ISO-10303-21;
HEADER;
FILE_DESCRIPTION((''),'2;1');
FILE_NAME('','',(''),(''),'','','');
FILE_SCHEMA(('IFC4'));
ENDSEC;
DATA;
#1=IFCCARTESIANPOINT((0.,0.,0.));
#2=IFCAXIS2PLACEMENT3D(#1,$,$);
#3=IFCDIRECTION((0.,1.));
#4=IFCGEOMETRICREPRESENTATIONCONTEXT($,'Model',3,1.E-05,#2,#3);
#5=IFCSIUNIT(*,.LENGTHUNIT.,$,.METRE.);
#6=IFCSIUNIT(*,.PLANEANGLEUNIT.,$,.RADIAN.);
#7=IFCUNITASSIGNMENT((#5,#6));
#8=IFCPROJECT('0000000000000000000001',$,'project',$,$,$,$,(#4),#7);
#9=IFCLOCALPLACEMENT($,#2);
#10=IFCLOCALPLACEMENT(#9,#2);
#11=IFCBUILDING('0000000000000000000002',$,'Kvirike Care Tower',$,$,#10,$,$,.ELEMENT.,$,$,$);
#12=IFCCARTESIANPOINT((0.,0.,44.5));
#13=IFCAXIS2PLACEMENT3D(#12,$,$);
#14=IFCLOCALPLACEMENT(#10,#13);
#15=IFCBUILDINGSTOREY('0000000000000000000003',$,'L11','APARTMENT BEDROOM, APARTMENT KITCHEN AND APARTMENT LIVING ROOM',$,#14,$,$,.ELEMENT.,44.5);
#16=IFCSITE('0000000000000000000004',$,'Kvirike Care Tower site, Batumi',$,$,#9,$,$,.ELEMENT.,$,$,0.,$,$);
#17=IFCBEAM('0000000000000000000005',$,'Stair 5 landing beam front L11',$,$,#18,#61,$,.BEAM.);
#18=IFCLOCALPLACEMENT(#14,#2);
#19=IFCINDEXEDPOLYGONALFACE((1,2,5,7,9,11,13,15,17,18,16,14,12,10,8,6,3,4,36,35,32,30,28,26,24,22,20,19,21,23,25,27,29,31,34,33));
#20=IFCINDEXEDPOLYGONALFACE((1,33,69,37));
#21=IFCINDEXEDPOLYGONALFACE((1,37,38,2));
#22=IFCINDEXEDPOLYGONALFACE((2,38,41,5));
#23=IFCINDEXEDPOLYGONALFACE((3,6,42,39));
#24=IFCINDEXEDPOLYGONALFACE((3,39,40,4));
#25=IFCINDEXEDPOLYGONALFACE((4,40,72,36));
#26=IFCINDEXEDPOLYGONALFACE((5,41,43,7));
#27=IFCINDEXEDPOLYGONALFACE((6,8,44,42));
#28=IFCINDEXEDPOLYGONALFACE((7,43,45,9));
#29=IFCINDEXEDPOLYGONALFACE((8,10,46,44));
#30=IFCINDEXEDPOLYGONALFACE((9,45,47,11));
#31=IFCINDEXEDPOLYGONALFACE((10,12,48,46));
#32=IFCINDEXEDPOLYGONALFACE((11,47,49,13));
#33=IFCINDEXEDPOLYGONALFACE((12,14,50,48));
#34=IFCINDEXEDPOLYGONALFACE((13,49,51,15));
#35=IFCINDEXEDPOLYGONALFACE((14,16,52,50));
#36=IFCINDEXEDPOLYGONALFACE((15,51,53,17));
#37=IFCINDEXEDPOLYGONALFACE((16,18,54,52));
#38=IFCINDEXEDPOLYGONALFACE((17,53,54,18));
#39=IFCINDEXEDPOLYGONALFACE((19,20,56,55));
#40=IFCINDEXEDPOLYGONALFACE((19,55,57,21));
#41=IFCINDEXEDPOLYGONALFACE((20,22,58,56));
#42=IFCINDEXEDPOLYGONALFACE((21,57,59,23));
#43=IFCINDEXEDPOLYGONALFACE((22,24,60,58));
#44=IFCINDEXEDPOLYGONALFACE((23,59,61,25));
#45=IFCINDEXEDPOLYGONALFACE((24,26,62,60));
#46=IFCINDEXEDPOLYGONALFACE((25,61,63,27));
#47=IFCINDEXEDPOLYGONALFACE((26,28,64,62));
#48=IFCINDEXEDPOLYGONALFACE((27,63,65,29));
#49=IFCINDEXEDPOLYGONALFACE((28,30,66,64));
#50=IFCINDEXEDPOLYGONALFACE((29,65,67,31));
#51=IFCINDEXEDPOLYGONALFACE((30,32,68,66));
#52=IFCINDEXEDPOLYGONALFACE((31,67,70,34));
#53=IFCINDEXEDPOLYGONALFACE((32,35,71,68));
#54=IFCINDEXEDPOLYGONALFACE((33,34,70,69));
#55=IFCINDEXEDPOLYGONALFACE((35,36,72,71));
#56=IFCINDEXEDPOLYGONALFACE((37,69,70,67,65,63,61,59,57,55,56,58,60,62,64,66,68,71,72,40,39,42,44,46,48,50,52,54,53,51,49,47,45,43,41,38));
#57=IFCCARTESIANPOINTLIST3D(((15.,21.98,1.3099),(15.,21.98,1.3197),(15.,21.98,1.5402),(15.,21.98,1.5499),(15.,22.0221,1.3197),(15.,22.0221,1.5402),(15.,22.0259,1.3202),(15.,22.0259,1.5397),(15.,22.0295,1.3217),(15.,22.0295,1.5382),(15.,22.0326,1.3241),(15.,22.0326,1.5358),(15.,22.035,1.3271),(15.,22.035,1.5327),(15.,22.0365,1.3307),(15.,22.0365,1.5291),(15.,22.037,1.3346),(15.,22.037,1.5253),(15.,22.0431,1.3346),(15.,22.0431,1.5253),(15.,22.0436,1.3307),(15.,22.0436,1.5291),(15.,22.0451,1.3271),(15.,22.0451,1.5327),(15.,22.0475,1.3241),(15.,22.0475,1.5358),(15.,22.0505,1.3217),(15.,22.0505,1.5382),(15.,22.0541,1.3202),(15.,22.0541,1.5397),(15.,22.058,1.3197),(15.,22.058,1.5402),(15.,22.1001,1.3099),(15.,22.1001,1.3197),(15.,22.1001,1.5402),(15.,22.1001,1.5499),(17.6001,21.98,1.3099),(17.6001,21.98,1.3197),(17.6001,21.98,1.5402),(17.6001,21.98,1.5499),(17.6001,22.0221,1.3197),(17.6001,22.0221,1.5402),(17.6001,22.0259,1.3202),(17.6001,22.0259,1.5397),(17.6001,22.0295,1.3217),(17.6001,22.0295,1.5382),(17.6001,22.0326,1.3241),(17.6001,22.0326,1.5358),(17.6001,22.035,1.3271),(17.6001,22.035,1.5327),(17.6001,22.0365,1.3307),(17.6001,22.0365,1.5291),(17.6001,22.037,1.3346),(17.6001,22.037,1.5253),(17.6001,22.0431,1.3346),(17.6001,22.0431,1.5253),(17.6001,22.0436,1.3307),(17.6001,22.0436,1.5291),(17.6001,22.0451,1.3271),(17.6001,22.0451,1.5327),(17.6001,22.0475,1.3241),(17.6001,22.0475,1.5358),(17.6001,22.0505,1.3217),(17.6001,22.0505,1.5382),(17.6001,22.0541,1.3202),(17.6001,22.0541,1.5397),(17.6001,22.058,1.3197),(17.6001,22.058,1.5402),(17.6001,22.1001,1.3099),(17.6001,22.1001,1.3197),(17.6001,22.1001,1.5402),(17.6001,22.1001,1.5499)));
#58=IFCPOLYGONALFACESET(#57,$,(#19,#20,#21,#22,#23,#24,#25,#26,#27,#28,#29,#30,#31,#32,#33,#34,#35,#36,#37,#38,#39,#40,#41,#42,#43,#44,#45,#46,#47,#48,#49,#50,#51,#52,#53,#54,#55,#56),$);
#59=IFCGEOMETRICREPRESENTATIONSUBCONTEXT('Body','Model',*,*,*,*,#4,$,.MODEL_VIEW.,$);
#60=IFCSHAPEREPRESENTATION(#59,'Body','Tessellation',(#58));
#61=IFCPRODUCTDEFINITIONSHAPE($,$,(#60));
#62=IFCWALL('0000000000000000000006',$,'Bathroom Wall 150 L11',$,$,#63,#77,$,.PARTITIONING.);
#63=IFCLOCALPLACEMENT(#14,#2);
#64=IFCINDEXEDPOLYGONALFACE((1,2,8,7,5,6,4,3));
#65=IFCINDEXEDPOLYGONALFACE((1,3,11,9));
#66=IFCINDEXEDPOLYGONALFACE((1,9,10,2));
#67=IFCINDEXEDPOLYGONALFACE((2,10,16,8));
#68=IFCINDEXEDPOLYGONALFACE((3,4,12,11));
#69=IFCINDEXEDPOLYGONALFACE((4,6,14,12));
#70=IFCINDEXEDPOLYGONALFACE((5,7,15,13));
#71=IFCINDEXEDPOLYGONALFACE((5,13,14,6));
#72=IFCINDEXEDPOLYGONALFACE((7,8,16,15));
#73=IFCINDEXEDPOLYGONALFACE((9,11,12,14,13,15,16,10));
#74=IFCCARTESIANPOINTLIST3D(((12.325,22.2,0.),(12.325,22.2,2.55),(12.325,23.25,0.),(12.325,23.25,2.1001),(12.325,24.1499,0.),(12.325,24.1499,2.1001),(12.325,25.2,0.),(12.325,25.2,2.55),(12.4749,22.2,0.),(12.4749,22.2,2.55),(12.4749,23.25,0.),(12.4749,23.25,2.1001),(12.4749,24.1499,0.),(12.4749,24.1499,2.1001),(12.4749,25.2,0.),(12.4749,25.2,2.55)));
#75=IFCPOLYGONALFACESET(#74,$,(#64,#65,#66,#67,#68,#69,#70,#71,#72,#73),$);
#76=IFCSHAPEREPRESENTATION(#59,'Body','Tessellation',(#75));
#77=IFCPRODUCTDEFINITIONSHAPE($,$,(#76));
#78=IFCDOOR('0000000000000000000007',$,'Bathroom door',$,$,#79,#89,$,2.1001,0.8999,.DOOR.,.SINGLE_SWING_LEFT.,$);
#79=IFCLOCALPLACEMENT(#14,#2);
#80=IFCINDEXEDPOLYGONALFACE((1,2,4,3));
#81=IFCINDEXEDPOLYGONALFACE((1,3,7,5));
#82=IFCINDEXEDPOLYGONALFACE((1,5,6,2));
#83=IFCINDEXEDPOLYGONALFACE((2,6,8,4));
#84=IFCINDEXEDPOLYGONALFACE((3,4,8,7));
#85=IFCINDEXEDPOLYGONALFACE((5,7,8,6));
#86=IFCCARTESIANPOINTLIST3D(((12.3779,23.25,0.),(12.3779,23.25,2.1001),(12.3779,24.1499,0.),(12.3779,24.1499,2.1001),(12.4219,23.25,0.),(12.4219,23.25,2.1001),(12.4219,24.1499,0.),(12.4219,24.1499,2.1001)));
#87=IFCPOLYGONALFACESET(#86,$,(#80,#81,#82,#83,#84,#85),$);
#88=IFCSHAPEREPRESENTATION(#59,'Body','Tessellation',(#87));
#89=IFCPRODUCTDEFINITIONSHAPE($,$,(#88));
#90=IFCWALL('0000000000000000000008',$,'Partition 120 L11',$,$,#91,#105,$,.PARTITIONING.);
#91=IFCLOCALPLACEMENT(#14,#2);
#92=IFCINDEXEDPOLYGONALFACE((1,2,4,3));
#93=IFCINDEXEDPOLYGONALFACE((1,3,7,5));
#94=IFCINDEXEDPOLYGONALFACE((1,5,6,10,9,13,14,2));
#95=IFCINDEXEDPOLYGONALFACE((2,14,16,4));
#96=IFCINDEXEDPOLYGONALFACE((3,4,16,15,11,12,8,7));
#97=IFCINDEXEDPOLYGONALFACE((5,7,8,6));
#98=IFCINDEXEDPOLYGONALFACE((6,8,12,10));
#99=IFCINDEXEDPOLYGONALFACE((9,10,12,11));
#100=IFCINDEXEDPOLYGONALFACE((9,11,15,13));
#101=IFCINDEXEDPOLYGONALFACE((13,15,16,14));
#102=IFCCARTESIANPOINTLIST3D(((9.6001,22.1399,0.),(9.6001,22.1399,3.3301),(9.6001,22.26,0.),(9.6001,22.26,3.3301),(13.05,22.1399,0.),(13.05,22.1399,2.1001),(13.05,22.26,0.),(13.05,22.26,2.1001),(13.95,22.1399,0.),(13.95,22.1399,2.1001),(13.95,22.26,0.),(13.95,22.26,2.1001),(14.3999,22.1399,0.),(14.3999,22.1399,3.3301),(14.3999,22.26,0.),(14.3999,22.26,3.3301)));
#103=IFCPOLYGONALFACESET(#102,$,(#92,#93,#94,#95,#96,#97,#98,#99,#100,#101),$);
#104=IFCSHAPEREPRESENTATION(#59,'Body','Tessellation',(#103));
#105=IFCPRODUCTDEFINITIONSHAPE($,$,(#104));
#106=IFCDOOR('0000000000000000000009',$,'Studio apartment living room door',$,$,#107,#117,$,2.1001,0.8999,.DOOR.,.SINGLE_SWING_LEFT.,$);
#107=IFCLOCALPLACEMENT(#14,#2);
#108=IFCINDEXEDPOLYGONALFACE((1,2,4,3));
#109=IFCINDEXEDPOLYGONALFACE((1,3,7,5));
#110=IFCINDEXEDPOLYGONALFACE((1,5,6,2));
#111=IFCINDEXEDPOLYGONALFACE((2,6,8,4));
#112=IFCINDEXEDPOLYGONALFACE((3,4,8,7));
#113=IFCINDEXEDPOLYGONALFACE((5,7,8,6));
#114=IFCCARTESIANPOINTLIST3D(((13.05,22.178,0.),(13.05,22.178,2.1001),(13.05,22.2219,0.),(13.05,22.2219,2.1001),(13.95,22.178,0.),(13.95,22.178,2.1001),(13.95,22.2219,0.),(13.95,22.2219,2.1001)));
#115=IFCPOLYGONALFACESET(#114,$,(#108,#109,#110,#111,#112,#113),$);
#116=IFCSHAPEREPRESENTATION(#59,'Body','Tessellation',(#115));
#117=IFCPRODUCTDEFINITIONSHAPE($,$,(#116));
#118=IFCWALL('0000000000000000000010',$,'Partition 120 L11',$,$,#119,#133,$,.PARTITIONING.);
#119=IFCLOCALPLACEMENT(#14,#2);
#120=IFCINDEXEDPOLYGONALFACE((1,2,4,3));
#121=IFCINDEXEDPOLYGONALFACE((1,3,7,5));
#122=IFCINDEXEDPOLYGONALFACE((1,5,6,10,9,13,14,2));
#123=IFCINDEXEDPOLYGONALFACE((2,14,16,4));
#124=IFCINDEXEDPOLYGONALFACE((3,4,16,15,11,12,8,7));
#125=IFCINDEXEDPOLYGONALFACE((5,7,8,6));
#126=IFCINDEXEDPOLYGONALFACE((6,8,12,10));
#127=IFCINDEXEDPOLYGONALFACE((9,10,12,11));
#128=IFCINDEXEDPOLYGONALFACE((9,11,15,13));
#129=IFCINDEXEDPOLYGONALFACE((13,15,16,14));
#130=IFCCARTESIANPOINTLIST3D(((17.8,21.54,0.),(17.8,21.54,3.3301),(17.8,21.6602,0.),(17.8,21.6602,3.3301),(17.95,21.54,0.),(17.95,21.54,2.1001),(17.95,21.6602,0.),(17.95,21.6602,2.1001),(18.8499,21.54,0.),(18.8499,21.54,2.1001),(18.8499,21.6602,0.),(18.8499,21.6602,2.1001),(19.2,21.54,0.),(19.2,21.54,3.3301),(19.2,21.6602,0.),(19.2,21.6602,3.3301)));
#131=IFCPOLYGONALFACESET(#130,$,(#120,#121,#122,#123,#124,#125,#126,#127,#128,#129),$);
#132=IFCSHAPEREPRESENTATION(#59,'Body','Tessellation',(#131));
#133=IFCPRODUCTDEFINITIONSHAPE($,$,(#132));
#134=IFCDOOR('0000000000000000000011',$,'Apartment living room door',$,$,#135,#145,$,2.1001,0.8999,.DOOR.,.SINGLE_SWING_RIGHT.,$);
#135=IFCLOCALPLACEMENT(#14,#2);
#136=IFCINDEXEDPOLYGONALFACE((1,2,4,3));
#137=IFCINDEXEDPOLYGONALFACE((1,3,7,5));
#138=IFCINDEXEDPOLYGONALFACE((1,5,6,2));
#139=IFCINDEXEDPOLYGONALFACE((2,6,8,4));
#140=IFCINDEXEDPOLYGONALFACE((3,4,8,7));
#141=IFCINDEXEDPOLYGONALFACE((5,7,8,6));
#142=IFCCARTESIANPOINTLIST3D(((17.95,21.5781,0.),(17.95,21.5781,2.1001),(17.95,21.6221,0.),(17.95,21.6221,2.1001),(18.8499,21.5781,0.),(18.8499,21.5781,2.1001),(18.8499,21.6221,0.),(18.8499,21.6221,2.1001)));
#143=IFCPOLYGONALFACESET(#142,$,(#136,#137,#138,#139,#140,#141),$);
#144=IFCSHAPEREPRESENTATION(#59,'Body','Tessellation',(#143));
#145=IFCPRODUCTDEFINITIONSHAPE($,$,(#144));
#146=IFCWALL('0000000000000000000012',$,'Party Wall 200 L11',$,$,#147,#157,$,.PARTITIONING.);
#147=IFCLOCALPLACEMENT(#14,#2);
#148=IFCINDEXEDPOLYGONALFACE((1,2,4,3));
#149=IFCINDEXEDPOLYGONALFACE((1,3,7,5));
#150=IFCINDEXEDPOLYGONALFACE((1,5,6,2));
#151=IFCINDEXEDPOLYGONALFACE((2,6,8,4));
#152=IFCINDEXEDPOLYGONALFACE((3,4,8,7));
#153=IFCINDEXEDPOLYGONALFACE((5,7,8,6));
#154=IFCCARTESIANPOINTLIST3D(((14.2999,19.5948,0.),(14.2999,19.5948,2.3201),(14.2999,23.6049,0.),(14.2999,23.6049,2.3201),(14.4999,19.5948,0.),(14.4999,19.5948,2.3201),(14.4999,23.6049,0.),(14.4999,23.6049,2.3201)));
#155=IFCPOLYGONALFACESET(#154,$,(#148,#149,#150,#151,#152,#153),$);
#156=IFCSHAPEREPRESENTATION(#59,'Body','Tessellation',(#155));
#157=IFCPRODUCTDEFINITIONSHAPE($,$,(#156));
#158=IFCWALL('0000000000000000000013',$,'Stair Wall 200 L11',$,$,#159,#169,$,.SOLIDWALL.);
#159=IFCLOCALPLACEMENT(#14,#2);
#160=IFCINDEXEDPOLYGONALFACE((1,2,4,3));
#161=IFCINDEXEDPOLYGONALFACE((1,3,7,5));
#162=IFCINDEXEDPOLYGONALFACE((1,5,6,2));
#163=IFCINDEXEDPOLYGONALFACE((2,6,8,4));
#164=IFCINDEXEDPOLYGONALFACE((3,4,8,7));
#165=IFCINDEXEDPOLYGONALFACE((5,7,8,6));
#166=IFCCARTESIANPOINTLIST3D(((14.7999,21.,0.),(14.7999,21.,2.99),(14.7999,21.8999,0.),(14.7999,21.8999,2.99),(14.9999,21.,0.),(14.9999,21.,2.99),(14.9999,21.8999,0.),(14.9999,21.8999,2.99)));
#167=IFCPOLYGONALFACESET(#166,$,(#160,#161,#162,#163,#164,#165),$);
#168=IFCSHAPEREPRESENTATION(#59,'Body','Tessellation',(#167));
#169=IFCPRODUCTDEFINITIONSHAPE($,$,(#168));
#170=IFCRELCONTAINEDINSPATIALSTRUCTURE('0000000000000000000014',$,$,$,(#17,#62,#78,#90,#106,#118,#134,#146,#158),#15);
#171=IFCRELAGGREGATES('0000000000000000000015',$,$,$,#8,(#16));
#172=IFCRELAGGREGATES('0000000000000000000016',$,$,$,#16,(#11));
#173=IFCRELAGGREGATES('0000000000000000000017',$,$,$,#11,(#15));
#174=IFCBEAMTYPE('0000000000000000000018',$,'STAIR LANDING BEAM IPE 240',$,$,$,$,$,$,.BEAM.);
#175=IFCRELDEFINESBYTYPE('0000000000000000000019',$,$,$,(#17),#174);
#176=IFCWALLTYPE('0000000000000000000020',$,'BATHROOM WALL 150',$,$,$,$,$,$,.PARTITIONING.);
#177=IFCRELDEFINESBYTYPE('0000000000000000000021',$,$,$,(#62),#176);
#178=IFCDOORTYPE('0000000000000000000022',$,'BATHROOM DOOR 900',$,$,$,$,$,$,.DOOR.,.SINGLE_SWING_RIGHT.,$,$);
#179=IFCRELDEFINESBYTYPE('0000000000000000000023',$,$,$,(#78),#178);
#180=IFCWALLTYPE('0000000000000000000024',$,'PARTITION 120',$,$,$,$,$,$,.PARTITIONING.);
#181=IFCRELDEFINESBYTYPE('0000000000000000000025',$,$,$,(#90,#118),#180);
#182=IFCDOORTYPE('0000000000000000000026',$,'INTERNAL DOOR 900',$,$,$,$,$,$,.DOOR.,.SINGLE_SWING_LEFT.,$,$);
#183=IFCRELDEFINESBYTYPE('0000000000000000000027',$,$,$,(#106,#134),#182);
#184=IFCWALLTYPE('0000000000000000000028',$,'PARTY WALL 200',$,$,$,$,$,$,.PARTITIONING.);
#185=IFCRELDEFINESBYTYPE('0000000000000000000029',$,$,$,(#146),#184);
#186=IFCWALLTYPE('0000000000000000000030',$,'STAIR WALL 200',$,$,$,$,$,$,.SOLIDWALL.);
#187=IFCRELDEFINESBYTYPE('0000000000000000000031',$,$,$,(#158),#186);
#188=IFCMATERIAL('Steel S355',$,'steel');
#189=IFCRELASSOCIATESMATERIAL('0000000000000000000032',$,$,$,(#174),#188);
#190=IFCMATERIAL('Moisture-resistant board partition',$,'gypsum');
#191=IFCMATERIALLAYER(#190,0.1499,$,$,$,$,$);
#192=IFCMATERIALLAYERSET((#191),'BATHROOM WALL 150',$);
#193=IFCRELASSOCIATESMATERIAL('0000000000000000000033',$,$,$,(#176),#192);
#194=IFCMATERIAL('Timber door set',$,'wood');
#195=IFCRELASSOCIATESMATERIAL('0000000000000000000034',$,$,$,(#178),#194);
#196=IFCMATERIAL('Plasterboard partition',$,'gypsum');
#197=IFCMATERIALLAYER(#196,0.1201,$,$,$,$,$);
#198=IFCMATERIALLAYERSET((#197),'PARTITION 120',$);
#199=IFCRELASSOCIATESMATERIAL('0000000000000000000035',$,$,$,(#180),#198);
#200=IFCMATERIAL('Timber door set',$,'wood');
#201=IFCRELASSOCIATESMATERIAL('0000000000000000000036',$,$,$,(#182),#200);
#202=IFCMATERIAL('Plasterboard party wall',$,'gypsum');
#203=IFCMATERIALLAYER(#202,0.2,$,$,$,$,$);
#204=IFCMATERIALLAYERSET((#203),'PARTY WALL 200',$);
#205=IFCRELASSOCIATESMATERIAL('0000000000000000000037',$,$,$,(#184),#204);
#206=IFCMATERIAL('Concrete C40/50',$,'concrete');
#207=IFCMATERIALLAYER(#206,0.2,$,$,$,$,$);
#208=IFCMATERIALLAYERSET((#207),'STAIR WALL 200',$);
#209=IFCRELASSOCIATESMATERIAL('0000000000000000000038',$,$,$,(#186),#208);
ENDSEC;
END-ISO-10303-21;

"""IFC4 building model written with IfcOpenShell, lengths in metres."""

from ifc_helpers import new_model, si_unit, direction, frame, frame_2d, origin, origin_2d, place, context, subcontext, project, spatial, rectangle, i_section, extrude, material, layer, layer_set, material_profile, profile_set, type_object, element, fill, save


model = new_model("IFC4")

# Units and contexts
model_context = context("Model", 3, precision=1e-05, world=origin(), true_north=direction((0.0, 1.0)))
body_context = subcontext(model_context, "Body", "Model", "MODEL_VIEW")
ifc_project = project(units=[si_unit("LENGTHUNIT", "METRE"), si_unit("PLANEANGLEUNIT", "RADIAN")], contexts=[model_context])

# Site, building, storey
site_placement = place(None, origin())
site = spatial("IfcSite", under=ifc_project, at=site_placement, Name="Kvirike Care Tower site, Batumi", CompositionType="ELEMENT", RefElevation=0.0)
building_placement = place(site_placement, origin())
building = spatial("IfcBuilding", under=site, at=building_placement, Name="Kvirike Care Tower", CompositionType="ELEMENT")
storey_placement = place(building_placement, frame((0.0, 0.0, 44.5)))
storey = spatial("IfcBuildingStorey", under=building, at=storey_placement, Name="L11", Description="APARTMENT BEDROOM, APARTMENT KITCHEN AND APARTMENT LIVING ROOM", CompositionType="ELEMENT", Elevation=44.5)

# Beam
ifc_material_1 = material(Name="Steel S355", Category="steel")
ifc_material_profile_1 = material_profile(ifc_material_1, i_section(OverallWidth=0.1201, OverallDepth=0.24, WebThickness=0.0061, FlangeThickness=0.0098, FilletRadius=0.0149, at=origin_2d()), Name="IPE 240")
ifc_profile_set_1 = profile_set([ifc_material_profile_1], Name="Steel S355")
beam_type_1 = type_object("IfcBeamType", Name="STAIR LANDING BEAM IPE 240", PredefinedType="BEAM", material=ifc_profile_set_1)
for number, where, z_axis, x_axis, name in (
    (1, (15.0, 22.04, 1.4299), (1.0, 0.0, 0.0), (0.0, 1.0, 0.0), "Stair 5 landing beam front L11"),
):
    element("IfcBeam", number, at=place(storey_placement, frame(where, z_axis=z_axis, x_axis=x_axis)), inside=storey, type_object=beam_type_1, Name=name, PredefinedType="BEAM", context=body_context, shape_type="SweptSolid", body=[
        extrude(i_section(OverallWidth=0.1201, OverallDepth=0.24, WebThickness=0.0061, FlangeThickness=0.0098, FilletRadius=0.0149, at=origin_2d()), origin(), (0.0, 0.0, 1.0), 2.6001),
    ])

# Walls, openings, doors
ifc_material_2 = material(Name="Moisture-resistant board partition", Category="gypsum")
ifc_layer_1 = layer(ifc_material_2, 0.1499)
ifc_layer_set_1 = layer_set([ifc_layer_1], Name="BATHROOM WALL 150")
wall_type_1 = type_object("IfcWallType", Name="BATHROOM WALL 150", PredefinedType="PARTITIONING", material=ifc_layer_set_1)
wall_1_placement = place(storey_placement, frame((12.3999, 22.2, 0.0), z_axis=(0.0, 0.0, 1.0), x_axis=(0.0, 1.0, 0.0)))
wall_1 = element("IfcWall", 2, at=wall_1_placement, inside=storey, type_object=wall_type_1, Name="Bathroom Wall 150 L11", PredefinedType="PARTITIONING", context=body_context, shape_type="SweptSolid", body=[
    extrude(rectangle(XDim=3.0, YDim=0.1499, at=frame_2d((1.5, 0.0))), origin(), (0.0, 0.0, 1.0), 2.55),
])
opening_1_placement = place(wall_1_placement, frame((1.05, 0.0, 0.0)))
opening_1 = element("IfcOpeningElement", 3, at=opening_1_placement, cuts=wall_1, PredefinedType="OPENING", context=body_context, shape_type="SweptSolid", body=[
    extrude(rectangle(XDim=0.8999, YDim=2.1001, at=frame_2d((0.45, 1.05))), frame((0.0, 0.0854, 0.0), z_axis=(0.0, -1.0, 0.0), x_axis=(1.0, 0.0, 0.0)), (0.0, 0.0, 1.0), 0.1709),
])
ifc_material_3 = material(Name="Timber door set", Category="wood")
door_type_1 = type_object("IfcDoorType", Name="BATHROOM DOOR 900", OperationType="SINGLE_SWING_RIGHT", PredefinedType="DOOR", material=ifc_material_3)
door_1_placement = place(opening_1_placement, origin())
door_1 = element("IfcDoor", 4, at=door_1_placement, inside=storey, type_object=door_type_1, Name="Bathroom door", OperationType="SINGLE_SWING_LEFT", OverallHeight=2.1001, OverallWidth=0.8999, PredefinedType="DOOR", context=body_context, shape_type="SweptSolid", body=[
    extrude(rectangle(XDim=0.8999, YDim=2.1001, at=frame_2d((0.45, 1.05))), frame((0.0, 0.022, 0.0), z_axis=(0.0, -1.0, 0.0), x_axis=(1.0, 0.0, 0.0)), (0.0, 0.0, 1.0), 0.0439),
])
fill(opening_1, door_1)
ifc_material_4 = material(Name="Plasterboard partition", Category="gypsum")
ifc_layer_2 = layer(ifc_material_4, 0.1201)
ifc_layer_set_2 = layer_set([ifc_layer_2], Name="PARTITION 120")
wall_type_2 = type_object("IfcWallType", Name="PARTITION 120", PredefinedType="PARTITIONING", material=ifc_layer_set_2)
wall_2_placement = place(storey_placement, frame((9.6001, 22.2, 0.0), z_axis=(0.0, 0.0, 1.0), x_axis=(1.0, 0.0, 0.0)))
wall_2 = element("IfcWall", 5, at=wall_2_placement, inside=storey, type_object=wall_type_2, Name="Partition 120 L11", PredefinedType="PARTITIONING", context=body_context, shape_type="SweptSolid", body=[
    extrude(rectangle(XDim=4.7998, YDim=0.1201, at=frame_2d((2.3999, 0.0))), origin(), (0.0, 0.0, 1.0), 3.3301),
])
opening_2_placement = place(wall_2_placement, frame((3.45, 0.0, 0.0)))
opening_2 = element("IfcOpeningElement", 6, at=opening_2_placement, cuts=wall_2, PredefinedType="OPENING", context=body_context, shape_type="SweptSolid", body=[
    extrude(rectangle(XDim=0.8999, YDim=2.1001, at=frame_2d((0.45, 1.05))), frame((0.0, 0.0706, 0.0), z_axis=(0.0, -1.0, 0.0), x_axis=(1.0, 0.0, 0.0)), (0.0, 0.0, 1.0), 0.1411),
])
ifc_material_5 = material(Name="Timber door set", Category="wood")
door_type_2 = type_object("IfcDoorType", Name="INTERNAL DOOR 900", OperationType="SINGLE_SWING_LEFT", PredefinedType="DOOR", material=ifc_material_5)
door_2_placement = place(opening_2_placement, origin())
door_2 = element("IfcDoor", 7, at=door_2_placement, inside=storey, type_object=door_type_2, Name="Studio apartment living room door", OperationType="SINGLE_SWING_LEFT", OverallHeight=2.1001, OverallWidth=0.8999, PredefinedType="DOOR", context=body_context, shape_type="SweptSolid", body=[
    extrude(rectangle(XDim=0.8999, YDim=2.1001, at=frame_2d((0.45, 1.05))), frame((0.0, 0.022, 0.0), z_axis=(0.0, -1.0, 0.0), x_axis=(1.0, 0.0, 0.0)), (0.0, 0.0, 1.0), 0.0439),
])
fill(opening_2, door_2)
wall_3_placement = place(storey_placement, frame((17.8, 21.6001, 0.0), z_axis=(0.0, 0.0, 1.0), x_axis=(1.0, 0.0, 0.0)))
wall_3 = element("IfcWall", 8, at=wall_3_placement, inside=storey, type_object=wall_type_2, Name="Partition 120 L11", PredefinedType="PARTITIONING", context=body_context, shape_type="SweptSolid", body=[
    extrude(rectangle(XDim=1.3999, YDim=0.1201, at=frame_2d((0.7, 0.0))), origin(), (0.0, 0.0, 1.0), 3.3301),
])
opening_3_placement = place(wall_3_placement, frame((0.1499, 0.0, 0.0)))
opening_3 = element("IfcOpeningElement", 9, at=opening_3_placement, cuts=wall_3, PredefinedType="OPENING", context=body_context, shape_type="SweptSolid", body=[
    extrude(rectangle(XDim=0.8999, YDim=2.1001, at=frame_2d((0.45, 1.05))), frame((0.0, 0.0706, 0.0), z_axis=(0.0, -1.0, 0.0), x_axis=(1.0, 0.0, 0.0)), (0.0, 0.0, 1.0), 0.1411),
])
door_3_placement = place(opening_3_placement, origin())
door_3 = element("IfcDoor", 10, at=door_3_placement, inside=storey, type_object=door_type_2, Name="Apartment living room door", OperationType="SINGLE_SWING_RIGHT", OverallHeight=2.1001, OverallWidth=0.8999, PredefinedType="DOOR", context=body_context, shape_type="SweptSolid", body=[
    extrude(rectangle(XDim=0.8999, YDim=2.1001, at=frame_2d((0.45, 1.05))), frame((0.0, 0.022, 0.0), z_axis=(0.0, -1.0, 0.0), x_axis=(1.0, 0.0, 0.0)), (0.0, 0.0, 1.0), 0.0439),
])
fill(opening_3, door_3)

# Walls
ifc_material_6 = material(Name="Plasterboard party wall", Category="gypsum")
ifc_layer_3 = layer(ifc_material_6, 0.2)
ifc_layer_set_3 = layer_set([ifc_layer_3], Name="PARTY WALL 200")
wall_type_3 = type_object("IfcWallType", Name="PARTY WALL 200", PredefinedType="PARTITIONING", material=ifc_layer_set_3)
wall_4_placement = place(storey_placement, frame((14.3999, 19.595, 0.0), z_axis=(0.0, 0.0, 1.0), x_axis=(0.0, 1.0, 0.0)))
element("IfcWall", 11, at=wall_4_placement, inside=storey, type_object=wall_type_3, Name="Party Wall 200 L11", PredefinedType="PARTITIONING", context=body_context, shape_type="SweptSolid", body=[
    extrude(rectangle(XDim=4.01, YDim=0.2, at=frame_2d((2.0049, 0.0))), origin(), (0.0, 0.0, 1.0), 2.3201),
])
ifc_material_7 = material(Name="Concrete C40/50", Category="concrete")
ifc_layer_4 = layer(ifc_material_7, 0.2)
ifc_layer_set_4 = layer_set([ifc_layer_4], Name="STAIR WALL 200")
wall_type_4 = type_object("IfcWallType", Name="STAIR WALL 200", PredefinedType="SOLIDWALL", material=ifc_layer_set_4)
wall_5_placement = place(storey_placement, frame((14.8999, 21.0, 0.0), z_axis=(0.0, 0.0, 1.0), x_axis=(0.0, 1.0, 0.0)))
element("IfcWall", 12, at=wall_5_placement, inside=storey, type_object=wall_type_4, Name="Stair Wall 200 L11", PredefinedType="SOLIDWALL", context=body_context, shape_type="SweptSolid", body=[
    extrude(rectangle(XDim=0.8999, YDim=0.2, at=frame_2d((0.45, 0.0))), origin(), (0.0, 0.0, 1.0), 2.99),
])

save(model, "model.ifc")
